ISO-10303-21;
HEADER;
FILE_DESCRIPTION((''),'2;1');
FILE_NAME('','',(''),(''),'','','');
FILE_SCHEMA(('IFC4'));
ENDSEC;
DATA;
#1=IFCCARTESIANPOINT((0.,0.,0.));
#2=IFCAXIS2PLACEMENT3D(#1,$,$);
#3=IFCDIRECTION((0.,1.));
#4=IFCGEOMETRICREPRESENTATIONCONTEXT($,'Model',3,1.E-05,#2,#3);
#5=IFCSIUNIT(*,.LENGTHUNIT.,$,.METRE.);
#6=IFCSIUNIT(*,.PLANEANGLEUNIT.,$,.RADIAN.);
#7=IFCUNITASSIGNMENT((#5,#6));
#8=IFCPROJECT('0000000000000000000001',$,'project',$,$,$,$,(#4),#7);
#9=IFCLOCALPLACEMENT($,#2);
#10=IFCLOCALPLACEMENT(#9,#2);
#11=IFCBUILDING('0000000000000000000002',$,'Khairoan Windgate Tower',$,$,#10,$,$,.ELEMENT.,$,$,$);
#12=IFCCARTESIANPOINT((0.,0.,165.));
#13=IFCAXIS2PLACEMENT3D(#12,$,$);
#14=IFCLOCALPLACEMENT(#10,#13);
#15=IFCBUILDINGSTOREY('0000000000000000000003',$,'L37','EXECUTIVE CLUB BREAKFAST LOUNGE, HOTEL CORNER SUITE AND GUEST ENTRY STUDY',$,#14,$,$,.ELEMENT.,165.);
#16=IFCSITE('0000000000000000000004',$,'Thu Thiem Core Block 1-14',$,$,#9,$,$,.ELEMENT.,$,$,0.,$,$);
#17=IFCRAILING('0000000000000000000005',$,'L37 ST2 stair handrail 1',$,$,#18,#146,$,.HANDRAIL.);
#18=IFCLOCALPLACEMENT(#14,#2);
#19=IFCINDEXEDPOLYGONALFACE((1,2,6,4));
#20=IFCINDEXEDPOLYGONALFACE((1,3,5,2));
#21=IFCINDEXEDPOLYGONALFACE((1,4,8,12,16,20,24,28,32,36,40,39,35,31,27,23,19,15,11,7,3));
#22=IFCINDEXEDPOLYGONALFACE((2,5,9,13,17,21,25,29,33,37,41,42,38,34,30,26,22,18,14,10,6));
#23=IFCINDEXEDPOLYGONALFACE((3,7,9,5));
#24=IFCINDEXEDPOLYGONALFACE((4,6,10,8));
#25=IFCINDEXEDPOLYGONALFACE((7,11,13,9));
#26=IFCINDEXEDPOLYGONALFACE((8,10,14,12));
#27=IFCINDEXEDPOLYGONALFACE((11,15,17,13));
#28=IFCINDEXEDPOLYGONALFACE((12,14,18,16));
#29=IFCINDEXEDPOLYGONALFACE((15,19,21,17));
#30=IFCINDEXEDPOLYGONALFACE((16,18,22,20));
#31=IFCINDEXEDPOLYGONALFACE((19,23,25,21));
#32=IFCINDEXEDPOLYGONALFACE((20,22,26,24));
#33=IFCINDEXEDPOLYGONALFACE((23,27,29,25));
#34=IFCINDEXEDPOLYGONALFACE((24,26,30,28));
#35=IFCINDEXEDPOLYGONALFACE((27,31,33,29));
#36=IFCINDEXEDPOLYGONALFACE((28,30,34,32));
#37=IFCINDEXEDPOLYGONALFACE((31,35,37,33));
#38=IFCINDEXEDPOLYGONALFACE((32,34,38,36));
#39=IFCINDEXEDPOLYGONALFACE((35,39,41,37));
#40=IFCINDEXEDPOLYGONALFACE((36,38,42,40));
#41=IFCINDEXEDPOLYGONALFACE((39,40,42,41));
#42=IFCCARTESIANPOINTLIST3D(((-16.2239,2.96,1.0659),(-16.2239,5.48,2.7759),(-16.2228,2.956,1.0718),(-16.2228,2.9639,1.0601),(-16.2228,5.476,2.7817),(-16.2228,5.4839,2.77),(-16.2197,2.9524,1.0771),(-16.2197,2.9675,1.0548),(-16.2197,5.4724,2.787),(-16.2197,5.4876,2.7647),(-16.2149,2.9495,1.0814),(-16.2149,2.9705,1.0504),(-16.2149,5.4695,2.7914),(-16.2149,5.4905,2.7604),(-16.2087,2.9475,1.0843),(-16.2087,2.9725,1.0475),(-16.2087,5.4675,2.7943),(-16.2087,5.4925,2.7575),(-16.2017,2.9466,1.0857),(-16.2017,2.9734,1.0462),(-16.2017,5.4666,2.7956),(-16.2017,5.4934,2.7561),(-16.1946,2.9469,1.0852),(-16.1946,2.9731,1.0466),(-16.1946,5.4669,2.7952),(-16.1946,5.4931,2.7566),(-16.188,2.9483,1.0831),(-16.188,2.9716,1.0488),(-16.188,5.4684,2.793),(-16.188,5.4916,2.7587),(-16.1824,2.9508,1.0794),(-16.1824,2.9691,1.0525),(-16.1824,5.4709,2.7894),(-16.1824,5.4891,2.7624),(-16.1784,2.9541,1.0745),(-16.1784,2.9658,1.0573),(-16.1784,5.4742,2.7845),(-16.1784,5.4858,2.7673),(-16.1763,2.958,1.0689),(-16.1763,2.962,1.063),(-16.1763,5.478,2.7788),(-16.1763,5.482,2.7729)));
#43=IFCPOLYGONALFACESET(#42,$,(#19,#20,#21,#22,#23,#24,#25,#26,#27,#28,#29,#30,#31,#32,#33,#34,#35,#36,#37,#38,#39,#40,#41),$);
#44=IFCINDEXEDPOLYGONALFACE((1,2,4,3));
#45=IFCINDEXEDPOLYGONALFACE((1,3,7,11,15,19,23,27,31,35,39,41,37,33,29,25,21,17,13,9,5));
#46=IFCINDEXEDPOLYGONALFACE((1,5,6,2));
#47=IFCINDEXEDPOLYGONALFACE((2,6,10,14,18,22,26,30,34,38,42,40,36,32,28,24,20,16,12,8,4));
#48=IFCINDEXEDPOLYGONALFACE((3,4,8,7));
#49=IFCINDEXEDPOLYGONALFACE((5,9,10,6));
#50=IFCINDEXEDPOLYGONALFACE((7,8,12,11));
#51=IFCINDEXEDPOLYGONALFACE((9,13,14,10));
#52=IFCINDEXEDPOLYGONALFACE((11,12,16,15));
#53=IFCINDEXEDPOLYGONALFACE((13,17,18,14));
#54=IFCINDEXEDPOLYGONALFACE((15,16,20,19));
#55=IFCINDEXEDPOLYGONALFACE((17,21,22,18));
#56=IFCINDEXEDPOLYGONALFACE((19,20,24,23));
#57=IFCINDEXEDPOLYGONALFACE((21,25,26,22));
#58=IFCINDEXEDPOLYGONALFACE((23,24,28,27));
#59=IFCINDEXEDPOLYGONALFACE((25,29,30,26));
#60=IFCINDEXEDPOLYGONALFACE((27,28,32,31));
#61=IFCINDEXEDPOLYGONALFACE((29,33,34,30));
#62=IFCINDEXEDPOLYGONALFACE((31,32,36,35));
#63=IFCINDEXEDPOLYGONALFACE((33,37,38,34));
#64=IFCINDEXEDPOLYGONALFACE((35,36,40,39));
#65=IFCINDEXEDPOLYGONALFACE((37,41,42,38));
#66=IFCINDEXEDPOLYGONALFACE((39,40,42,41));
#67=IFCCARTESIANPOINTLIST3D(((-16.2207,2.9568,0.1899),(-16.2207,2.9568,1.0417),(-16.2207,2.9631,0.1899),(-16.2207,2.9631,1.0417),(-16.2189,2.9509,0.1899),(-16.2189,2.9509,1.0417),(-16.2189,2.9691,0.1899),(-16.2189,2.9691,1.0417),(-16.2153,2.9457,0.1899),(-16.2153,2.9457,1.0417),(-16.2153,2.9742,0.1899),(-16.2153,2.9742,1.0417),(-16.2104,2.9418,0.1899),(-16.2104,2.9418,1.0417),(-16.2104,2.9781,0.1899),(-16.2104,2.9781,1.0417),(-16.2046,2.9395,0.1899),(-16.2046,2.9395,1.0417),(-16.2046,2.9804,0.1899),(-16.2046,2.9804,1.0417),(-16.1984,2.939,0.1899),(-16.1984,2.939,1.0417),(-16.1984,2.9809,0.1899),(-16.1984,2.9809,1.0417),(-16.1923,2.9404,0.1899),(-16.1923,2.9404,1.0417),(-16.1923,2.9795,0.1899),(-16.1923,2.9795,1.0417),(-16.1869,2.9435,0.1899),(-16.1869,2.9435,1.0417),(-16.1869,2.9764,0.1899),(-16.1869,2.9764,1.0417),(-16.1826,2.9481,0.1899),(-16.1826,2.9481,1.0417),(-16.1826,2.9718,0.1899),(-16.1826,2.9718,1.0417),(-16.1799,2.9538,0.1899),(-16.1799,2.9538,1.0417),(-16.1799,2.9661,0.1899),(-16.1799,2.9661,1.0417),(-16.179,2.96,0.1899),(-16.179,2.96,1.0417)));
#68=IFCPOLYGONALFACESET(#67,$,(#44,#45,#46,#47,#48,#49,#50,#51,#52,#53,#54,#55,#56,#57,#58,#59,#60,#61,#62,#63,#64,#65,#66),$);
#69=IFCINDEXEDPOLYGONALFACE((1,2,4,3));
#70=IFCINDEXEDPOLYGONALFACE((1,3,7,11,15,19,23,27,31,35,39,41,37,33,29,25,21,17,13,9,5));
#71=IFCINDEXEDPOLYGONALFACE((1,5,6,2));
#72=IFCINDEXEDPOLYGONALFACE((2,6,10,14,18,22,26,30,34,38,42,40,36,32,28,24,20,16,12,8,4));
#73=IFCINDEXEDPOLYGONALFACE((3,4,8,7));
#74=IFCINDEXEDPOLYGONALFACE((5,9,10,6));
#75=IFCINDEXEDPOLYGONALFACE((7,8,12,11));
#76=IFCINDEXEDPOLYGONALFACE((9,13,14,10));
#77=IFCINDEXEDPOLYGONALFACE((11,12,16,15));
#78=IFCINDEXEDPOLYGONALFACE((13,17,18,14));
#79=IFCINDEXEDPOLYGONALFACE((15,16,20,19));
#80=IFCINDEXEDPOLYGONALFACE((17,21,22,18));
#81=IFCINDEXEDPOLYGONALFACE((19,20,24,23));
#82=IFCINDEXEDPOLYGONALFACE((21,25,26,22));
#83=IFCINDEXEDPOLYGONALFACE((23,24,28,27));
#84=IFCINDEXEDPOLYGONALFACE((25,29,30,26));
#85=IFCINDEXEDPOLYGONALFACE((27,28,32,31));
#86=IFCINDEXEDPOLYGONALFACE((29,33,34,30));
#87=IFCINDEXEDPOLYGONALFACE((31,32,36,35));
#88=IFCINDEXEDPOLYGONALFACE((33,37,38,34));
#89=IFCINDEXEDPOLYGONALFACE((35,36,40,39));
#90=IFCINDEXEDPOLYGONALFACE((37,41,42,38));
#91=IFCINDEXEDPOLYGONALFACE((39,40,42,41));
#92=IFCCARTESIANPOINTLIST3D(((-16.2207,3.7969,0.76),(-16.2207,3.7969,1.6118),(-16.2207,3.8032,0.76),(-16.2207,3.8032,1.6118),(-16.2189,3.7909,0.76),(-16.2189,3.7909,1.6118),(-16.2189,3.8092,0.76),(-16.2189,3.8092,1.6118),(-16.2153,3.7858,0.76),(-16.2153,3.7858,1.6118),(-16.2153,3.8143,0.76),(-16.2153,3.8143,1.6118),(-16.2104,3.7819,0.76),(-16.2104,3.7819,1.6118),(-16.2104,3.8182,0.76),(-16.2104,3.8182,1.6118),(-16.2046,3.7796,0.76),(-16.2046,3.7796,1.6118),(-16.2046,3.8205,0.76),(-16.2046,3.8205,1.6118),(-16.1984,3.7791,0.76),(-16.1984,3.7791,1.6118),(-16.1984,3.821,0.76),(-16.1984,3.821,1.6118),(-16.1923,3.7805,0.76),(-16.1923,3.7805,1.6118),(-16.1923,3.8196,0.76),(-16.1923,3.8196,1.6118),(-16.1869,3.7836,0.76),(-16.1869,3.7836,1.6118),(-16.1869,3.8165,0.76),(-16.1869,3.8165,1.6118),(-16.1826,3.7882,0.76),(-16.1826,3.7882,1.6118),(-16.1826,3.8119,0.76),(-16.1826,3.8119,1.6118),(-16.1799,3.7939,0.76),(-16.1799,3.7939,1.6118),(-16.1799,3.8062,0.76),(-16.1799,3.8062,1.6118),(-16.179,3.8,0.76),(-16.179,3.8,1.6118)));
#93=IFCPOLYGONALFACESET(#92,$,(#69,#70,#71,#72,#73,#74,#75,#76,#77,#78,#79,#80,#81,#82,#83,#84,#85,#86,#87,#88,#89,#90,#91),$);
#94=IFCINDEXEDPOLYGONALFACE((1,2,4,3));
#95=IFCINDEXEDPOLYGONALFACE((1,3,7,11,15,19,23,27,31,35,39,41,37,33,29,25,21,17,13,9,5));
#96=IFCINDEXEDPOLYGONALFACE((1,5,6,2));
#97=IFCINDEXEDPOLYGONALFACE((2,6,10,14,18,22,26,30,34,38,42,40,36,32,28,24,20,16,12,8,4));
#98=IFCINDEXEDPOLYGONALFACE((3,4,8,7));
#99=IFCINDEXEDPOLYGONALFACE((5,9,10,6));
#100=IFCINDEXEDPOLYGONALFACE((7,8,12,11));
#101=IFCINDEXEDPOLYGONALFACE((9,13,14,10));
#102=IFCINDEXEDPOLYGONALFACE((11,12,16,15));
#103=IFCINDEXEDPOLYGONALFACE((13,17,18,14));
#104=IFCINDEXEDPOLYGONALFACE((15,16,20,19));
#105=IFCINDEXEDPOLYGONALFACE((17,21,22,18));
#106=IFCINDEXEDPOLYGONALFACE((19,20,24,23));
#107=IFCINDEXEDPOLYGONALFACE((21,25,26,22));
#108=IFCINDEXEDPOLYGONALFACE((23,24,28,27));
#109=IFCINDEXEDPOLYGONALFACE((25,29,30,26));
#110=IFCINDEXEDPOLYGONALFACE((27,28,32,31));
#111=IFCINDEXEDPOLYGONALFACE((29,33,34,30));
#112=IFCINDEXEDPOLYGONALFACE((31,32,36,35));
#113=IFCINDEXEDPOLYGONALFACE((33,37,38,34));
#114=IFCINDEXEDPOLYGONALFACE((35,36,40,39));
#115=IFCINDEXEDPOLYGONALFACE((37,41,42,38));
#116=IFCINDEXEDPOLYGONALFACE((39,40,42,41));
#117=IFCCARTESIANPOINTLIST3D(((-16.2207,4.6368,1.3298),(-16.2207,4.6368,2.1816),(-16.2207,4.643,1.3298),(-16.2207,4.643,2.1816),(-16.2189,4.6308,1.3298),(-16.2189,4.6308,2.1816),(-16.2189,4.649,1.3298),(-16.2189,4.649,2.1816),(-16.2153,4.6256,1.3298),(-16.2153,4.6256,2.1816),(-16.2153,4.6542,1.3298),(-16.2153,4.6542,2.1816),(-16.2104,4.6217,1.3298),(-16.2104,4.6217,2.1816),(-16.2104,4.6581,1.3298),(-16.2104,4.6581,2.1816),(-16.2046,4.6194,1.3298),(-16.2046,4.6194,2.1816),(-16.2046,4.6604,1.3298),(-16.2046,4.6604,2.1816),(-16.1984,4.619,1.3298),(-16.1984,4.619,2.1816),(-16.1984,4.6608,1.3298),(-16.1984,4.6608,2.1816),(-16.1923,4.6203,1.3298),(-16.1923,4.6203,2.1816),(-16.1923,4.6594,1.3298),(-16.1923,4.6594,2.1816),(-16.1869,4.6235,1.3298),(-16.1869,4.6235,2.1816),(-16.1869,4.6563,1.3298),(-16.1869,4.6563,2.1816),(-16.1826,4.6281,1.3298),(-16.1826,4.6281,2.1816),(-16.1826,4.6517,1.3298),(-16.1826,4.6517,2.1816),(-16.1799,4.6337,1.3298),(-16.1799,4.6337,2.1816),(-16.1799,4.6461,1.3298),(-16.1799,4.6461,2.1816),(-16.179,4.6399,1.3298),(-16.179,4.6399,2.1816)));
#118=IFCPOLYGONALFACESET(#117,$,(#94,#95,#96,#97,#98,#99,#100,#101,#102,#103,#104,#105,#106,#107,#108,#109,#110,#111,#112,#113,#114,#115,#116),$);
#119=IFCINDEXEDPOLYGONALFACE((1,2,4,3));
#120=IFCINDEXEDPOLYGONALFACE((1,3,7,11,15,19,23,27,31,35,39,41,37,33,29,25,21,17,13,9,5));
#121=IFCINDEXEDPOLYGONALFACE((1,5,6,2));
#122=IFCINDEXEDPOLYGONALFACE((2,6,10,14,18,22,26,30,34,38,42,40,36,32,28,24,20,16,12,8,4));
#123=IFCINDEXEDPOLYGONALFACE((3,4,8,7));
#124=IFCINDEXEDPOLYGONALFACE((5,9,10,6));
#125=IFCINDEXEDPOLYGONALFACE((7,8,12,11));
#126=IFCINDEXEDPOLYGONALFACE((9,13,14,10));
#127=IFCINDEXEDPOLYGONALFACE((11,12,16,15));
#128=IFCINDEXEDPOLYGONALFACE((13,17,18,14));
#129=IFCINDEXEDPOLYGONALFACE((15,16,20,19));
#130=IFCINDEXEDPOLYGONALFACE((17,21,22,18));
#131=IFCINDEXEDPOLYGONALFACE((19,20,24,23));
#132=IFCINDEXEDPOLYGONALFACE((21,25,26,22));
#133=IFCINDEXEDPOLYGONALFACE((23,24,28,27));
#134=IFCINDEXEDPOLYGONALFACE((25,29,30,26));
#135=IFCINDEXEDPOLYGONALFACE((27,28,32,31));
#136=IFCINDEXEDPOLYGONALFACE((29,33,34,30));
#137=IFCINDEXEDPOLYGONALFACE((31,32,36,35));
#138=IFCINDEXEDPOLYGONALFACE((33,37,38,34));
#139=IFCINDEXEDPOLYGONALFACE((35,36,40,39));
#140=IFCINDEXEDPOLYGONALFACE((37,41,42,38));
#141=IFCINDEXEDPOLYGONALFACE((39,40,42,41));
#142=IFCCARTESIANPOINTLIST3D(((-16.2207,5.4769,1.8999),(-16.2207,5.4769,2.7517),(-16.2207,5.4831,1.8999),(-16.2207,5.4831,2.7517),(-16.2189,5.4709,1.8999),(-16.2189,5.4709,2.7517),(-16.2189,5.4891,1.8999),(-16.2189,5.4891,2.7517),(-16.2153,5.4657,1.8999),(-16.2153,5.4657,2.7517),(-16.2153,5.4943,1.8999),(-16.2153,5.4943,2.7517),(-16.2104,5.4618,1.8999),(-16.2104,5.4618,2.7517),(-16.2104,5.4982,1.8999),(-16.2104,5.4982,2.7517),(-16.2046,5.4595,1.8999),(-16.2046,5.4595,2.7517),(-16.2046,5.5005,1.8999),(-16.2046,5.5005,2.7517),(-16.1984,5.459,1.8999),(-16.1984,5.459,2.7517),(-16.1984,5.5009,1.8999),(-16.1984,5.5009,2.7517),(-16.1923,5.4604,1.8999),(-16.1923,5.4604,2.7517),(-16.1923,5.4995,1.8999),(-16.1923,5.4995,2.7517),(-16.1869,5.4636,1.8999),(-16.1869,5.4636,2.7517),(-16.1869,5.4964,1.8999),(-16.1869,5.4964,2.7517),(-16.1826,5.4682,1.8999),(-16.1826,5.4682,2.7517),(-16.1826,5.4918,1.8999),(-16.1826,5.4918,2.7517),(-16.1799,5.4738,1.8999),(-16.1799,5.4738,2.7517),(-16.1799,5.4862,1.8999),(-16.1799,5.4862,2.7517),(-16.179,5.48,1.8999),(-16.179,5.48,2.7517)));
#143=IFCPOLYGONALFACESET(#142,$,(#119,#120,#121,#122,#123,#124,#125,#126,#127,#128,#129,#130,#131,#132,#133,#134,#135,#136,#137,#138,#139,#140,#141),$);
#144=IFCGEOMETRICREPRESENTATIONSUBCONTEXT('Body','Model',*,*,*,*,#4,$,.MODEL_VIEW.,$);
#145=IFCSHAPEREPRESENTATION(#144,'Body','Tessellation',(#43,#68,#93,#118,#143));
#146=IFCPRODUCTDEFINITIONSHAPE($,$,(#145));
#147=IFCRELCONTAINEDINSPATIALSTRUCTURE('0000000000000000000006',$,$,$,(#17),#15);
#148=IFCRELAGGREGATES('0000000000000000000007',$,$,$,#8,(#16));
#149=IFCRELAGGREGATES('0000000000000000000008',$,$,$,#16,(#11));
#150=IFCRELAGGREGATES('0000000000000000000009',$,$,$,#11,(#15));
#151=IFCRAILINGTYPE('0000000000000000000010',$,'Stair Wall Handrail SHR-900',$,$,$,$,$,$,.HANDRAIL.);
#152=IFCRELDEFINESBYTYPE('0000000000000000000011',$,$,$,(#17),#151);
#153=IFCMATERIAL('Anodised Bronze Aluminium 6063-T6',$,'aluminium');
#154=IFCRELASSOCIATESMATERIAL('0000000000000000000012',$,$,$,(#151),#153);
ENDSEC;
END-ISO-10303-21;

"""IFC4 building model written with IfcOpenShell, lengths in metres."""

from ifc_helpers import new_model, si_unit, direction, frame, origin, origin_2d, place, context, subcontext, project, spatial, circle, extrude, material, type_object, element, save


model = new_model("IFC4")

# Units and contexts
model_context = context("Model", 3, precision=1e-05, world=origin(), true_north=direction((0.0, 1.0)))
body_context = subcontext(model_context, "Body", "Model", "MODEL_VIEW")
ifc_project = project(units=[si_unit("LENGTHUNIT", "METRE"), si_unit("PLANEANGLEUNIT", "RADIAN")], contexts=[model_context])

# Site, building, storey
site_placement = place(None, origin())
site = spatial("IfcSite", under=ifc_project, at=site_placement, Name="Thu Thiem Core Block 1-14", CompositionType="ELEMENT", RefElevation=0.0)
building_placement = place(site_placement, origin())
building = spatial("IfcBuilding", under=site, at=building_placement, Name="Khairoan Windgate Tower", CompositionType="ELEMENT")
storey_placement = place(building_placement, frame((0.0, 0.0, 165.0)))
storey = spatial("IfcBuildingStorey", under=building, at=storey_placement, Name="L37", Description="EXECUTIVE CLUB BREAKFAST LOUNGE, HOTEL CORNER SUITE AND GUEST ENTRY STUDY", CompositionType="ELEMENT", Elevation=165.0)

# Railing
ifc_material_1 = material(Name="Anodised Bronze Aluminium 6063-T6", Category="aluminium")
railing_type_1 = type_object("IfcRailingType", Name="Stair Wall Handrail SHR-900", PredefinedType="HANDRAIL", material=ifc_material_1)
railing_1_placement = place(storey_placement, frame((-16.2, 2.96, 0.1899)))
element("IfcRailing", 1, at=railing_1_placement, inside=storey, type_object=railing_type_1, Name="L37 ST2 stair handrail 1", PredefinedType="HANDRAIL", context=body_context, shape_type="SweptSolid", body=[
    extrude(circle(Radius=0.0239, at=origin_2d()), frame((0.0, 0.0, 0.876), z_axis=(0.0, 0.827484, 0.56149), x_axis=(-1.0, 0.0, 0.0)), (0.0, 0.0, 1.0), 3.0454),
    extrude(circle(Radius=0.021, at=origin_2d()), origin(), (0.0, 0.0, 1.0), 0.8518),
    extrude(circle(Radius=0.021, at=origin_2d()), frame((0.0, 0.8401, 0.5701)), (0.0, 0.0, 1.0), 0.8518),
    extrude(circle(Radius=0.021, at=origin_2d()), frame((0.0, 1.6799, 1.1399)), (0.0, 0.0, 1.0), 0.8518),
    extrude(circle(Radius=0.021, at=origin_2d()), frame((0.0, 2.52, 1.71)), (0.0, 0.0, 1.0), 0.8518),
])

save(model, "model.ifc")
